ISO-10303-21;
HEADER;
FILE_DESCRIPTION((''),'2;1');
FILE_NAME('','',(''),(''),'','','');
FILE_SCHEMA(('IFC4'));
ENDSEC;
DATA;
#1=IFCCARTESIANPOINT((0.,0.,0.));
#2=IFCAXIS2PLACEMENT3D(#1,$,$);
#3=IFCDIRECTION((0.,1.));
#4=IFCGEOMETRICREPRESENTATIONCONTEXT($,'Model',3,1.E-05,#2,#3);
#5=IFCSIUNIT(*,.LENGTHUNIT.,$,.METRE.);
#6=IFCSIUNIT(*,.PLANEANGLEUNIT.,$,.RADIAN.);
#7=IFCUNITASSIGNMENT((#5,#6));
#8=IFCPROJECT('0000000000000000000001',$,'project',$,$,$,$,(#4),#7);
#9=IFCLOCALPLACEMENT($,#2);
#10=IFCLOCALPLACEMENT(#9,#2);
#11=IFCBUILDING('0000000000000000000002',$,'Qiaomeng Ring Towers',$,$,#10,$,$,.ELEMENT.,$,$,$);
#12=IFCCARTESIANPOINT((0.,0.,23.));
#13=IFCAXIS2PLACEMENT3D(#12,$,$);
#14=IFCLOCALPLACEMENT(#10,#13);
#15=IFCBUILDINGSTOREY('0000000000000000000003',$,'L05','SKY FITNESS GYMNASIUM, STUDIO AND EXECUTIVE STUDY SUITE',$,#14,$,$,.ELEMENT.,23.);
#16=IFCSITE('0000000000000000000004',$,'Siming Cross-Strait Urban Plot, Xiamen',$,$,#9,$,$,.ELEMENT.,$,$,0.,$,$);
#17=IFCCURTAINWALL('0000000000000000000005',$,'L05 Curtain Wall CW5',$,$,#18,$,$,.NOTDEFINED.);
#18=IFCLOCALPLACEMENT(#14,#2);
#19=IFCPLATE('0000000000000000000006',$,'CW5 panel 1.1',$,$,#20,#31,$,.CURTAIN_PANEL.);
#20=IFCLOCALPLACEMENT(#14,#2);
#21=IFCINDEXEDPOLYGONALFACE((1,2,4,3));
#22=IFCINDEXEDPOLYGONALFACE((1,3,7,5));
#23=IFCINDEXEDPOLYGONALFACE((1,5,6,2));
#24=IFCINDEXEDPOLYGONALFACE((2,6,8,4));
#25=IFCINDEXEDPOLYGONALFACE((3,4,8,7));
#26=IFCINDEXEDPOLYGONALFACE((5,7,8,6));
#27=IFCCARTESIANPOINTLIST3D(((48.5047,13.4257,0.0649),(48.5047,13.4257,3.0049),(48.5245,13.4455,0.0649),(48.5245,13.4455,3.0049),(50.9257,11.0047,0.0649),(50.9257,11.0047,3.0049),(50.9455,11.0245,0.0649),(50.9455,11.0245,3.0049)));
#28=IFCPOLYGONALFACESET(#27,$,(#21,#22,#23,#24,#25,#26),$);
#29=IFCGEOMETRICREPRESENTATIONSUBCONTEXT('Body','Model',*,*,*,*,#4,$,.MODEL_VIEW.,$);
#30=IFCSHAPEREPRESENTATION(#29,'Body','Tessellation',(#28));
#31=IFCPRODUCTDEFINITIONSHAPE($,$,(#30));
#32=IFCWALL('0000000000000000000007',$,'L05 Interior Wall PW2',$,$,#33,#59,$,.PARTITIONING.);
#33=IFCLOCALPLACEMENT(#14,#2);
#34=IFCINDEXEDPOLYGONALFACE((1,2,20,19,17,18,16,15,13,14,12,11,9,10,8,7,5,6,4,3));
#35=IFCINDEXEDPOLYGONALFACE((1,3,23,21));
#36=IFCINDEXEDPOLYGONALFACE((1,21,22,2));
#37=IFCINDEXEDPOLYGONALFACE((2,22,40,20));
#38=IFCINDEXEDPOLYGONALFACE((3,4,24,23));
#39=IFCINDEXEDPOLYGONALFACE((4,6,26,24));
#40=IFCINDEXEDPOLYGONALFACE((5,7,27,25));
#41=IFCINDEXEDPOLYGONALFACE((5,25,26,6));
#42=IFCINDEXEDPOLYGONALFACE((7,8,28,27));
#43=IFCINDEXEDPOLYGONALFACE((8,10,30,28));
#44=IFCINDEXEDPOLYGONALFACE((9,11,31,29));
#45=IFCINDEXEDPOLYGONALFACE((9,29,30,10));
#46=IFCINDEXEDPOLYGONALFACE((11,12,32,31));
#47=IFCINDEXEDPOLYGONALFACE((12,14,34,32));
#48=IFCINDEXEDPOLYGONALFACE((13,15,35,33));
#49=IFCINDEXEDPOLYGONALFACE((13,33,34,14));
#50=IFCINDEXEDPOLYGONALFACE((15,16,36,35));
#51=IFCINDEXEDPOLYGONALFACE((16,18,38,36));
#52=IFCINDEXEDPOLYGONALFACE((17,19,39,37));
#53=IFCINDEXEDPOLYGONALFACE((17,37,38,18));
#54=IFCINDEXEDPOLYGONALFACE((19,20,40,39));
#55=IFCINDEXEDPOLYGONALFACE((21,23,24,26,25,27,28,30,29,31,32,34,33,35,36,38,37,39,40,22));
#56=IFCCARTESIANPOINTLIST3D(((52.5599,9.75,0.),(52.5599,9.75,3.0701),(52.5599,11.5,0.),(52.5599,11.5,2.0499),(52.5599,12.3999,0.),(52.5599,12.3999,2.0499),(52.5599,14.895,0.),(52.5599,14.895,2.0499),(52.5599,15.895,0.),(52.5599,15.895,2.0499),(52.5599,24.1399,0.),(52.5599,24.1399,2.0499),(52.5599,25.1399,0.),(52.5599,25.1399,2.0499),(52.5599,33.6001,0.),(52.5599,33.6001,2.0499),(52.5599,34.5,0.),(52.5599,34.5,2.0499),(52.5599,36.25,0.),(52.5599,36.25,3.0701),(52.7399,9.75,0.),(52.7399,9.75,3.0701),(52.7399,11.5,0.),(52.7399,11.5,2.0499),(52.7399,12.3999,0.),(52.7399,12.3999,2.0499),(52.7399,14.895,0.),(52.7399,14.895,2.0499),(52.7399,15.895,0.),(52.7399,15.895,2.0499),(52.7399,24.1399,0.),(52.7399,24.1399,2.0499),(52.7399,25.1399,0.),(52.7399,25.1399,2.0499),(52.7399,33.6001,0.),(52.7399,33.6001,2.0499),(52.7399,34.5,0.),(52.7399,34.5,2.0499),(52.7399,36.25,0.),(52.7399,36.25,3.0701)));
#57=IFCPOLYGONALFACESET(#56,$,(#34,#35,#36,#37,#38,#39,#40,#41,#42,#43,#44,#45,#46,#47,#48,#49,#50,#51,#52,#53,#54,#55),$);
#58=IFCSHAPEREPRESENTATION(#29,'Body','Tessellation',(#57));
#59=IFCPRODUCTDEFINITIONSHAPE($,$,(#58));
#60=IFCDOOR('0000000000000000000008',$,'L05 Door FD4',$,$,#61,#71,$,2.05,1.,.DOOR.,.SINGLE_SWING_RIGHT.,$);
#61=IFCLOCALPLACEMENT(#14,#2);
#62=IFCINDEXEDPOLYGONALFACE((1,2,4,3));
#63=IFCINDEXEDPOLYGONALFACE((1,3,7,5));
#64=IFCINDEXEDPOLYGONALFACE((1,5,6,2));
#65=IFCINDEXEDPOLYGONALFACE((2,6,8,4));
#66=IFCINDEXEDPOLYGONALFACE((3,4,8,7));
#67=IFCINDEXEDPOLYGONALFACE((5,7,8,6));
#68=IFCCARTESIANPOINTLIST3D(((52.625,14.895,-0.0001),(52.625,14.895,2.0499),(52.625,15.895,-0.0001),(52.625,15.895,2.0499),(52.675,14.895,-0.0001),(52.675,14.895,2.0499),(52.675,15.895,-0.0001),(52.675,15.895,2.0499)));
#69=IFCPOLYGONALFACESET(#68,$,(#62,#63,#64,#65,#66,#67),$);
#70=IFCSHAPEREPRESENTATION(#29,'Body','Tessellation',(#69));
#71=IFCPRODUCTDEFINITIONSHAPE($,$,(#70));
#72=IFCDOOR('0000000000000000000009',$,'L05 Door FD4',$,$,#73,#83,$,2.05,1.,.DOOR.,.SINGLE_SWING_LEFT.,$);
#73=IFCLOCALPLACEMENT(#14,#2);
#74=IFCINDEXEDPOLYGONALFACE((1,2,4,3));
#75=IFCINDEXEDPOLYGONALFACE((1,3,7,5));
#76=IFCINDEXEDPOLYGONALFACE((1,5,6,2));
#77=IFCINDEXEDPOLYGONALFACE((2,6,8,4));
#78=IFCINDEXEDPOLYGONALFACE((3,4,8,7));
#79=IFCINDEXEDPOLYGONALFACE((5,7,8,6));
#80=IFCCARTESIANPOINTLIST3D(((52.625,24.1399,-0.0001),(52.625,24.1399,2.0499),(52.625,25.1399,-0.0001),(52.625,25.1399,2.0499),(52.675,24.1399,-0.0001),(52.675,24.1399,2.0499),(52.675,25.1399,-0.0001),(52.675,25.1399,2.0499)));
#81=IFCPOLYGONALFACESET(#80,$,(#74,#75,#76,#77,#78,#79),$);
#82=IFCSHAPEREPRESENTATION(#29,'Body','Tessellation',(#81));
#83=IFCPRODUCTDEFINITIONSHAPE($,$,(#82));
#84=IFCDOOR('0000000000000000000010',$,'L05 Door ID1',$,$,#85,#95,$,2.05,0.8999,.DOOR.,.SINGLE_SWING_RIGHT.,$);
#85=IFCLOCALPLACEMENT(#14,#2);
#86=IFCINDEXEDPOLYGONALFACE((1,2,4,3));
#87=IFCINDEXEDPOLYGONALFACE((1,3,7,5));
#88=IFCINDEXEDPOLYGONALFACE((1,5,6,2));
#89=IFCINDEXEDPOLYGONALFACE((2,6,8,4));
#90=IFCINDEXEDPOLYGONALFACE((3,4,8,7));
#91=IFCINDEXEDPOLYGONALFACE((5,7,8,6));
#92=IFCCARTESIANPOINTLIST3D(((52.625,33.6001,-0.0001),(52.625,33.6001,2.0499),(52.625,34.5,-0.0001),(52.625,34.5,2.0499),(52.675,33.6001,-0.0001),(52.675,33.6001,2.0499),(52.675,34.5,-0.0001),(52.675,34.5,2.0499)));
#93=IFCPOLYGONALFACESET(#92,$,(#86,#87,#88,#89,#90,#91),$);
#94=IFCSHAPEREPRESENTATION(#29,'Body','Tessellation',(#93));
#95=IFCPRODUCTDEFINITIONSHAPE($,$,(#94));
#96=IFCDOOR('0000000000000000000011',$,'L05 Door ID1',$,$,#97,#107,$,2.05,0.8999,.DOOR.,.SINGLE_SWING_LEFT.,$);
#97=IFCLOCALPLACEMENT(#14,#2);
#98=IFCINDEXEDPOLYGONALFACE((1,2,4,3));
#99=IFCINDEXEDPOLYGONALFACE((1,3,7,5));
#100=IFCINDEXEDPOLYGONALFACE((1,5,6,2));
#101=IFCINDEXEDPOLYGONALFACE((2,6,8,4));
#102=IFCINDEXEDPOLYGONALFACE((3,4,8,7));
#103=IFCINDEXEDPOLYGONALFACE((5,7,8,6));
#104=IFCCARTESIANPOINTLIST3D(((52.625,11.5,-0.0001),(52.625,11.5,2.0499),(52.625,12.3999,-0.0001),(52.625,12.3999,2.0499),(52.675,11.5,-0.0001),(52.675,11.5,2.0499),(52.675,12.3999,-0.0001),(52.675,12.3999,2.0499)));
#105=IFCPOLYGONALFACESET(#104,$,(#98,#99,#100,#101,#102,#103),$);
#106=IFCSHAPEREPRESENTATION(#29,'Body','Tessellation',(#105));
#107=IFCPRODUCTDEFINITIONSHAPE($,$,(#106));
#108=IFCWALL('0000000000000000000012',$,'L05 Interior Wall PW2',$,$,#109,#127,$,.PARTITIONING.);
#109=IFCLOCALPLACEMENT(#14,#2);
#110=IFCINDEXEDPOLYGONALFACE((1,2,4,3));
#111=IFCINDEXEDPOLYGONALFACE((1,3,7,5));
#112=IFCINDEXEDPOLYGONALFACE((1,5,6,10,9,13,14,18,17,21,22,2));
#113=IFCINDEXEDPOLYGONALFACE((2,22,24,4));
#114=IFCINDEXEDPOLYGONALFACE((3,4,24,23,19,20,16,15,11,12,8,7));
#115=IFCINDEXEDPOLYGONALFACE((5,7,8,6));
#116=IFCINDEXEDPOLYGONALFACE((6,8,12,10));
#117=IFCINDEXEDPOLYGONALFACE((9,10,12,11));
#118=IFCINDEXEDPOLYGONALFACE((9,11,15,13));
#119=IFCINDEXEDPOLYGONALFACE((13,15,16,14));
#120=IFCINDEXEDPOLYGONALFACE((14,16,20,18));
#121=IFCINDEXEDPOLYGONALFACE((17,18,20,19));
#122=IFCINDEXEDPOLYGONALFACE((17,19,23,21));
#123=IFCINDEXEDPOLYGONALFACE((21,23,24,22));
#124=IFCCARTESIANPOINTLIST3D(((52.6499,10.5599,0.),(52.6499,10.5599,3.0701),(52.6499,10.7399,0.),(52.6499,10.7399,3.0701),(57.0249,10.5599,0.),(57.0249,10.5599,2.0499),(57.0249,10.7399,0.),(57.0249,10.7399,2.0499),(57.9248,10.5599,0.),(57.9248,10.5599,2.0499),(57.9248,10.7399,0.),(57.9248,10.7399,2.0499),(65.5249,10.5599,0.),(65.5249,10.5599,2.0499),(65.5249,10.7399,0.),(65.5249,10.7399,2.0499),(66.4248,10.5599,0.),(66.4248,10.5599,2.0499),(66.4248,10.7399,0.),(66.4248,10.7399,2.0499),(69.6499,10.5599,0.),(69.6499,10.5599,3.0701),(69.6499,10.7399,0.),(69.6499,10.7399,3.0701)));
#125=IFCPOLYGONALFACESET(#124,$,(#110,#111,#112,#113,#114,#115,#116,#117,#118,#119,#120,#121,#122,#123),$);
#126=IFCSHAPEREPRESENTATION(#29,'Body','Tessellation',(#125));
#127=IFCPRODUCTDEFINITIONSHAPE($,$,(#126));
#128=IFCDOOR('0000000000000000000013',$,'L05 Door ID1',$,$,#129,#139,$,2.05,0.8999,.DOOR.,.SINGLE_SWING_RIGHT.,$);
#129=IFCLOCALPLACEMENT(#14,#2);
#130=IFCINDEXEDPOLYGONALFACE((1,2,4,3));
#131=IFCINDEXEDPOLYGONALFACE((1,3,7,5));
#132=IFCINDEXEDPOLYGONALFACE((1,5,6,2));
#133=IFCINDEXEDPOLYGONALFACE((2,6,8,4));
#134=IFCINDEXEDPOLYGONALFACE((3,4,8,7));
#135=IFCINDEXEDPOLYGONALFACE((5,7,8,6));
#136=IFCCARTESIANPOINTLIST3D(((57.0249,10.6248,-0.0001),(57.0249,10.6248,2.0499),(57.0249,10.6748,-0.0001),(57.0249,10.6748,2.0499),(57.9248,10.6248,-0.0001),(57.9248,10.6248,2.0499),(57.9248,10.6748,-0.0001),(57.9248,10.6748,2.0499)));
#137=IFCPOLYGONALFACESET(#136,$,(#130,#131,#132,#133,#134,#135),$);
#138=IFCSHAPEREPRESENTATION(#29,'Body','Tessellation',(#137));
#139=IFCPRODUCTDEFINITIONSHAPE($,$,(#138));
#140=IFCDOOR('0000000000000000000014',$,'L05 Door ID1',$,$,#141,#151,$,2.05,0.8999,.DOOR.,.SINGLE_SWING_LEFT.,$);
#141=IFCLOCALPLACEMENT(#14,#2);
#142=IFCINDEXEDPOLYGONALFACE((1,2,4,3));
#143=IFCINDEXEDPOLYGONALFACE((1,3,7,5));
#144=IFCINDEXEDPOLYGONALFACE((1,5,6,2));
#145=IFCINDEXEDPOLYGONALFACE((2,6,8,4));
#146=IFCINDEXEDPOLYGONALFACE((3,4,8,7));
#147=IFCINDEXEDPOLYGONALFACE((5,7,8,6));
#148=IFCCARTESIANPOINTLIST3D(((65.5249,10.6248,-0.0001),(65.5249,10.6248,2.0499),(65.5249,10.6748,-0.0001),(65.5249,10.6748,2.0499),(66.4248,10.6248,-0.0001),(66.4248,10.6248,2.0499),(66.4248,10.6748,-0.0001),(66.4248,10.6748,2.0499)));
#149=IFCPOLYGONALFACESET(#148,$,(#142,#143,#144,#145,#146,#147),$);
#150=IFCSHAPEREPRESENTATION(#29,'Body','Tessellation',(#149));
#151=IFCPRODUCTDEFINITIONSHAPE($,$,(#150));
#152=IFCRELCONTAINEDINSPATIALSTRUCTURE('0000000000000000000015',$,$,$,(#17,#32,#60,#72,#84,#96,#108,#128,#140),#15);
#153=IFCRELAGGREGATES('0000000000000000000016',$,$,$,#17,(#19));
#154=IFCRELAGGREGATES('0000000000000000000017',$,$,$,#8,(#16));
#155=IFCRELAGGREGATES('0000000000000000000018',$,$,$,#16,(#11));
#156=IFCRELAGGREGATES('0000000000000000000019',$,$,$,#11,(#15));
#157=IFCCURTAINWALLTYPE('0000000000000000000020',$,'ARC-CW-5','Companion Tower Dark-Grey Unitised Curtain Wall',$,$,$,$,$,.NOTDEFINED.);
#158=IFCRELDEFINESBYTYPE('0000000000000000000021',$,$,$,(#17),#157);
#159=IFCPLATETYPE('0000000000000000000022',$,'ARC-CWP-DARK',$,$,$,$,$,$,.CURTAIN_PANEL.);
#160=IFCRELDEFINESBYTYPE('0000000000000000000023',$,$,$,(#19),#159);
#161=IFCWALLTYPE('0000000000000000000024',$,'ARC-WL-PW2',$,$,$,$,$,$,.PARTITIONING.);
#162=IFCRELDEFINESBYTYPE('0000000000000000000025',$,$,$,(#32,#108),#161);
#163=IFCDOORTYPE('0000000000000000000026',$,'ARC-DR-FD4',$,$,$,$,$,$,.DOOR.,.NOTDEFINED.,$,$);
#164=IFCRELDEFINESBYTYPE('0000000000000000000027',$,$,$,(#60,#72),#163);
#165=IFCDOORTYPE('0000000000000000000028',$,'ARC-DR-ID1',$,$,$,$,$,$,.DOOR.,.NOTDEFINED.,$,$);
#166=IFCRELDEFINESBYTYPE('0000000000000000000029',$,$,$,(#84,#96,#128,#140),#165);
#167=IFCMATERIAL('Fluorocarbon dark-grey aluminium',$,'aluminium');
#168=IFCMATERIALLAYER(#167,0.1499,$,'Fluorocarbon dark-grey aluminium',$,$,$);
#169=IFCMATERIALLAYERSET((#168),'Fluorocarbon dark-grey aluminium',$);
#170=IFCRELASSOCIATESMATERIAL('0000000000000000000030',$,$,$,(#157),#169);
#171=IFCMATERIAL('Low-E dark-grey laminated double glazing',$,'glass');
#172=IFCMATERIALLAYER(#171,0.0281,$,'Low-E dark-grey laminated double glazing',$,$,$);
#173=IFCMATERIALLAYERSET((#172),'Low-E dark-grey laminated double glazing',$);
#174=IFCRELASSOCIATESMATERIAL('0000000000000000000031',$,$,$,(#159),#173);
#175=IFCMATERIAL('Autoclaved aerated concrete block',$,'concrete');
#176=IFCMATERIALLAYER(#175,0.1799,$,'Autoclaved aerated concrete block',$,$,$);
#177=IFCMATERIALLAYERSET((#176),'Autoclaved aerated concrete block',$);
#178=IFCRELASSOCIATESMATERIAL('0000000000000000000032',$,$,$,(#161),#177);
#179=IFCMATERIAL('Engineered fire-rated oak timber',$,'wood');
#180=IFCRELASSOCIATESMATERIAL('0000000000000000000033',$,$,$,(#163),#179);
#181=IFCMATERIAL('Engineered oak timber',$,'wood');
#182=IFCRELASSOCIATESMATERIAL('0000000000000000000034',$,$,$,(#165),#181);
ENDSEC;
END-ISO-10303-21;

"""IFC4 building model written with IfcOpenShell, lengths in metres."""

from ifc_helpers import new_model, si_unit, direction, frame, frame_2d, origin, origin_2d, place, context, subcontext, project, spatial, rectangle, extrude, source, transform, mapped, material, layer, layer_set, type_object, element, fill, aggregate, save


model = new_model("IFC4")

# Units and contexts
model_context = context("Model", 3, precision=1e-05, world=origin(), true_north=direction((0.0, 1.0)))
body_context = subcontext(model_context, "Body", "Model", "MODEL_VIEW")
ifc_project = project(units=[si_unit("LENGTHUNIT", "METRE"), si_unit("PLANEANGLEUNIT", "RADIAN")], contexts=[model_context])

# Site, building, storey
site_placement = place(None, origin())
site = spatial("IfcSite", under=ifc_project, at=site_placement, Name="Siming Cross-Strait Urban Plot, Xiamen", CompositionType="ELEMENT", RefElevation=0.0)
building_placement = place(site_placement, origin())
building = spatial("IfcBuilding", under=site, at=building_placement, Name="Qiaomeng Ring Towers", CompositionType="ELEMENT")
storey_placement = place(building_placement, frame((0.0, 0.0, 23.0)))
storey = spatial("IfcBuildingStorey", under=building, at=storey_placement, Name="L05", Description="SKY FITNESS GYMNASIUM, STUDIO AND EXECUTIVE STUDY SUITE", CompositionType="ELEMENT", Elevation=23.0)

# Curtain wall
ifc_material_1 = material(Name="Fluorocarbon dark-grey aluminium", Category="aluminium")
ifc_layer_1 = layer(ifc_material_1, 0.1499, Name="Fluorocarbon dark-grey aluminium")
ifc_layer_set_1 = layer_set([ifc_layer_1], Name="Fluorocarbon dark-grey aluminium")
curtain_wall_type = type_object("IfcCurtainWallType", Name="ARC-CW-5", Description="Companion Tower Dark-Grey Unitised Curtain Wall", PredefinedType="NOTDEFINED", material=ifc_layer_set_1)
curtain_wall_1_placement = place(storey_placement, origin())
curtain_wall_1 = element("IfcCurtainWall", 1, at=curtain_wall_1_placement, inside=storey, type_object=curtain_wall_type, Name="L05 Curtain Wall CW5", PredefinedType="NOTDEFINED")

# Plate
ifc_material_2 = material(Name="Low-E dark-grey laminated double glazing", Category="glass")
ifc_layer_2 = layer(ifc_material_2, 0.0281, Name="Low-E dark-grey laminated double glazing")
ifc_layer_set_2 = layer_set([ifc_layer_2], Name="Low-E dark-grey laminated double glazing")
plate_type = type_object("IfcPlateType", Name="ARC-CWP-DARK", PredefinedType="CURTAIN_PANEL", material=ifc_layer_set_2)
shared_shape_1 = source(origin(), body_context, "Body", "SweptSolid", [
    extrude(rectangle(XDim=3.4238, YDim=0.0281, at=origin_2d()), origin(), (0.0, 0.0, 1.0), 2.9399),
])
plate_placement = place(storey_placement, frame((49.7251, 12.2251, 0.0649), z_axis=(0.0, 0.0, 1.0), x_axis=(0.707107, -0.707107, 0.0)))
plate = element("IfcPlate", 2, at=plate_placement, type_object=plate_type, Name="CW5 panel 1.1", PredefinedType="CURTAIN_PANEL", context=body_context, shape_type="MappedRepresentation", body=[
    mapped(shared_shape_1, transform((0.0, 0.0, 0.0), x_axis=(1.0, 0.0, 0.0), y_axis=(0.0, 1.0, 0.0), z_axis=(0.0, 0.0, 1.0), scale=1.0)),
])
aggregate(curtain_wall_1, [plate])

# Walls, openings, doors
ifc_material_3 = material(Name="Autoclaved aerated concrete block", Category="concrete")
ifc_layer_3 = layer(ifc_material_3, 0.1799, Name="Autoclaved aerated concrete block")
ifc_layer_set_3 = layer_set([ifc_layer_3], Name="Autoclaved aerated concrete block")
wall_type_1 = type_object("IfcWallType", Name="ARC-WL-PW2", PredefinedType="PARTITIONING", material=ifc_layer_set_3)
wall_1_placement = place(storey_placement, frame((52.6499, 9.75, 0.0), z_axis=(0.0, 0.0, 1.0), x_axis=(0.0, 1.0, 0.0)))
wall_1 = element("IfcWall", 3, at=wall_1_placement, inside=storey, type_object=wall_type_1, Name="L05 Interior Wall PW2", PredefinedType="PARTITIONING", context=body_context, shape_type="SweptSolid", body=[
    extrude(rectangle(XDim=26.5, YDim=0.1799, at=frame_2d((13.25, 0.0))), origin(), (0.0, 0.0, 1.0), 3.0701),
])
opening_1_placement = place(wall_1_placement, frame((23.8501, 0.0, 0.0)))
opening_1 = element("IfcOpeningElement", 4, at=opening_1_placement, cuts=wall_1, PredefinedType="OPENING", context=body_context, shape_type="SweptSolid", body=[
    extrude(rectangle(XDim=0.8999, YDim=2.05, at=frame_2d((0.45, 1.0249))), frame((0.0, 0.0999, 0.0), z_axis=(0.0, -1.0, 0.0), x_axis=(1.0, 0.0, 0.0)), (0.0, 0.0, 1.0), 0.2),
])
opening_2_placement = place(wall_1_placement, frame((1.75, 0.0, 0.0)))
opening_2 = element("IfcOpeningElement", 5, at=opening_2_placement, cuts=wall_1, PredefinedType="OPENING", context=body_context, shape_type="SweptSolid", body=[
    extrude(rectangle(XDim=0.8999, YDim=2.05, at=frame_2d((0.45, 1.0249))), frame((0.0, 0.0999, 0.0), z_axis=(0.0, -1.0, 0.0), x_axis=(1.0, 0.0, 0.0)), (0.0, 0.0, 1.0), 0.2),
])
opening_3_placement = place(wall_1_placement, frame((5.145, 0.0, 0.0)))
opening_3 = element("IfcOpeningElement", 6, at=opening_3_placement, cuts=wall_1, PredefinedType="OPENING", context=body_context, shape_type="SweptSolid", body=[
    extrude(rectangle(XDim=1.0, YDim=2.05, at=frame_2d((0.5, 1.0249))), frame((0.0, 0.0999, 0.0), z_axis=(0.0, -1.0, 0.0), x_axis=(1.0, 0.0, 0.0)), (0.0, 0.0, 1.0), 0.2),
])
opening_4_placement = place(wall_1_placement, frame((14.3899, 0.0, 0.0)))
opening_4 = element("IfcOpeningElement", 7, at=opening_4_placement, cuts=wall_1, PredefinedType="OPENING", context=body_context, shape_type="SweptSolid", body=[
    extrude(rectangle(XDim=1.0, YDim=2.05, at=frame_2d((0.5, 1.0249))), frame((0.0, 0.0999, 0.0), z_axis=(0.0, -1.0, 0.0), x_axis=(1.0, 0.0, 0.0)), (0.0, 0.0, 1.0), 0.2),
])
ifc_material_4 = material(Name="Engineered fire-rated oak timber", Category="wood")
door_type_1 = type_object("IfcDoorType", Name="ARC-DR-FD4", OperationType="NOTDEFINED", PredefinedType="DOOR", material=ifc_material_4)
shared_shape_2 = source(origin(), body_context, "Body", "SweptSolid", [
    extrude(rectangle(XDim=1.0, YDim=2.05, at=frame_2d((0.5, 1.0249))), frame((0.0, 0.0249, 0.0), z_axis=(0.0, -1.0, 0.0), x_axis=(1.0, 0.0, 0.0)), (0.0, 0.0, 1.0), 0.05),
])
door_1_placement = place(opening_3_placement, origin())
door_1 = element("IfcDoor", 8, at=door_1_placement, inside=storey, type_object=door_type_1, Name="L05 Door FD4", OperationType="SINGLE_SWING_RIGHT", OverallHeight=2.05, OverallWidth=1.0, PredefinedType="DOOR", context=body_context, shape_type="MappedRepresentation", body=[
    mapped(shared_shape_2, transform((0.0, 0.0, 0.0), x_axis=(1.0, 0.0, 0.0), y_axis=(0.0, 1.0, 0.0), z_axis=(0.0, 0.0, 1.0), scale=1.0)),
])
fill(opening_3, door_1)
door_2_placement = place(opening_4_placement, origin())
door_2 = element("IfcDoor", 9, at=door_2_placement, inside=storey, type_object=door_type_1, Name="L05 Door FD4", OperationType="SINGLE_SWING_LEFT", OverallHeight=2.05, OverallWidth=1.0, PredefinedType="DOOR", context=body_context, shape_type="MappedRepresentation", body=[
    mapped(shared_shape_2, transform((0.0, 0.0, 0.0), x_axis=(1.0, 0.0, 0.0), y_axis=(0.0, 1.0, 0.0), z_axis=(0.0, 0.0, 1.0), scale=1.0)),
])
fill(opening_4, door_2)
ifc_material_5 = material(Name="Engineered oak timber", Category="wood")
door_type_2 = type_object("IfcDoorType", Name="ARC-DR-ID1", OperationType="NOTDEFINED", PredefinedType="DOOR", material=ifc_material_5)
shared_shape_3 = source(origin(), body_context, "Body", "SweptSolid", [
    extrude(rectangle(XDim=0.8999, YDim=2.05, at=frame_2d((0.45, 1.0249))), frame((0.0, 0.0249, 0.0), z_axis=(0.0, -1.0, 0.0), x_axis=(1.0, 0.0, 0.0)), (0.0, 0.0, 1.0), 0.05),
])
door_3_placement = place(opening_1_placement, origin())
door_3 = element("IfcDoor", 10, at=door_3_placement, inside=storey, type_object=door_type_2, Name="L05 Door ID1", OperationType="SINGLE_SWING_RIGHT", OverallHeight=2.05, OverallWidth=0.8999, PredefinedType="DOOR", context=body_context, shape_type="MappedRepresentation", body=[
    mapped(shared_shape_3, transform((0.0, 0.0, 0.0), x_axis=(1.0, 0.0, 0.0), y_axis=(0.0, 1.0, 0.0), z_axis=(0.0, 0.0, 1.0), scale=1.0)),
])
fill(opening_1, door_3)
door_4_placement = place(opening_2_placement, origin())
door_4 = element("IfcDoor", 11, at=door_4_placement, inside=storey, type_object=door_type_2, Name="L05 Door ID1", OperationType="SINGLE_SWING_LEFT", OverallHeight=2.05, OverallWidth=0.8999, PredefinedType="DOOR", context=body_context, shape_type="MappedRepresentation", body=[
    mapped(shared_shape_3, transform((0.0, 0.0, 0.0), x_axis=(1.0, 0.0, 0.0), y_axis=(0.0, 1.0, 0.0), z_axis=(0.0, 0.0, 1.0), scale=1.0)),
])
fill(opening_2, door_4)
wall_2_placement = place(storey_placement, frame((52.6499, 10.6499, 0.0), z_axis=(0.0, 0.0, 1.0), x_axis=(1.0, 0.0, 0.0)))
wall_2 = element("IfcWall", 12, at=wall_2_placement, inside=storey, type_object=wall_type_1, Name="L05 Interior Wall PW2", PredefinedType="PARTITIONING", context=body_context, shape_type="SweptSolid", body=[
    extrude(rectangle(XDim=17.0, YDim=0.1799, at=frame_2d((8.5, 0.0))), origin(), (0.0, 0.0, 1.0), 3.0701),
])
opening_5_placement = place(wall_2_placement, frame((4.375, 0.0, 0.0)))
opening_5 = element("IfcOpeningElement", 13, at=opening_5_placement, cuts=wall_2, PredefinedType="OPENING", context=body_context, shape_type="SweptSolid", body=[
    extrude(rectangle(XDim=0.8999, YDim=2.05, at=frame_2d((0.45, 1.0249))), frame((0.0, 0.0999, 0.0), z_axis=(0.0, -1.0, 0.0), x_axis=(1.0, 0.0, 0.0)), (0.0, 0.0, 1.0), 0.2),
])
opening_6_placement = place(wall_2_placement, frame((12.875, 0.0, 0.0)))
opening_6 = element("IfcOpeningElement", 14, at=opening_6_placement, cuts=wall_2, PredefinedType="OPENING", context=body_context, shape_type="SweptSolid", body=[
    extrude(rectangle(XDim=0.8999, YDim=2.05, at=frame_2d((0.45, 1.0249))), frame((0.0, 0.0999, 0.0), z_axis=(0.0, -1.0, 0.0), x_axis=(1.0, 0.0, 0.0)), (0.0, 0.0, 1.0), 0.2),
])
door_5_placement = place(opening_5_placement, origin())
door_5 = element("IfcDoor", 15, at=door_5_placement, inside=storey, type_object=door_type_2, Name="L05 Door ID1", OperationType="SINGLE_SWING_RIGHT", OverallHeight=2.05, OverallWidth=0.8999, PredefinedType="DOOR", context=body_context, shape_type="MappedRepresentation", body=[
    mapped(shared_shape_3, transform((0.0, 0.0, 0.0), x_axis=(1.0, 0.0, 0.0), y_axis=(0.0, 1.0, 0.0), z_axis=(0.0, 0.0, 1.0), scale=1.0)),
])
fill(opening_5, door_5)
door_6_placement = place(opening_6_placement, origin())
door_6 = element("IfcDoor", 16, at=door_6_placement, inside=storey, type_object=door_type_2, Name="L05 Door ID1", OperationType="SINGLE_SWING_LEFT", OverallHeight=2.05, OverallWidth=0.8999, PredefinedType="DOOR", context=body_context, shape_type="MappedRepresentation", body=[
    mapped(shared_shape_3, transform((0.0, 0.0, 0.0), x_axis=(1.0, 0.0, 0.0), y_axis=(0.0, 1.0, 0.0), z_axis=(0.0, 0.0, 1.0), scale=1.0)),
])
fill(opening_6, door_6)

save(model, "model.ifc")
